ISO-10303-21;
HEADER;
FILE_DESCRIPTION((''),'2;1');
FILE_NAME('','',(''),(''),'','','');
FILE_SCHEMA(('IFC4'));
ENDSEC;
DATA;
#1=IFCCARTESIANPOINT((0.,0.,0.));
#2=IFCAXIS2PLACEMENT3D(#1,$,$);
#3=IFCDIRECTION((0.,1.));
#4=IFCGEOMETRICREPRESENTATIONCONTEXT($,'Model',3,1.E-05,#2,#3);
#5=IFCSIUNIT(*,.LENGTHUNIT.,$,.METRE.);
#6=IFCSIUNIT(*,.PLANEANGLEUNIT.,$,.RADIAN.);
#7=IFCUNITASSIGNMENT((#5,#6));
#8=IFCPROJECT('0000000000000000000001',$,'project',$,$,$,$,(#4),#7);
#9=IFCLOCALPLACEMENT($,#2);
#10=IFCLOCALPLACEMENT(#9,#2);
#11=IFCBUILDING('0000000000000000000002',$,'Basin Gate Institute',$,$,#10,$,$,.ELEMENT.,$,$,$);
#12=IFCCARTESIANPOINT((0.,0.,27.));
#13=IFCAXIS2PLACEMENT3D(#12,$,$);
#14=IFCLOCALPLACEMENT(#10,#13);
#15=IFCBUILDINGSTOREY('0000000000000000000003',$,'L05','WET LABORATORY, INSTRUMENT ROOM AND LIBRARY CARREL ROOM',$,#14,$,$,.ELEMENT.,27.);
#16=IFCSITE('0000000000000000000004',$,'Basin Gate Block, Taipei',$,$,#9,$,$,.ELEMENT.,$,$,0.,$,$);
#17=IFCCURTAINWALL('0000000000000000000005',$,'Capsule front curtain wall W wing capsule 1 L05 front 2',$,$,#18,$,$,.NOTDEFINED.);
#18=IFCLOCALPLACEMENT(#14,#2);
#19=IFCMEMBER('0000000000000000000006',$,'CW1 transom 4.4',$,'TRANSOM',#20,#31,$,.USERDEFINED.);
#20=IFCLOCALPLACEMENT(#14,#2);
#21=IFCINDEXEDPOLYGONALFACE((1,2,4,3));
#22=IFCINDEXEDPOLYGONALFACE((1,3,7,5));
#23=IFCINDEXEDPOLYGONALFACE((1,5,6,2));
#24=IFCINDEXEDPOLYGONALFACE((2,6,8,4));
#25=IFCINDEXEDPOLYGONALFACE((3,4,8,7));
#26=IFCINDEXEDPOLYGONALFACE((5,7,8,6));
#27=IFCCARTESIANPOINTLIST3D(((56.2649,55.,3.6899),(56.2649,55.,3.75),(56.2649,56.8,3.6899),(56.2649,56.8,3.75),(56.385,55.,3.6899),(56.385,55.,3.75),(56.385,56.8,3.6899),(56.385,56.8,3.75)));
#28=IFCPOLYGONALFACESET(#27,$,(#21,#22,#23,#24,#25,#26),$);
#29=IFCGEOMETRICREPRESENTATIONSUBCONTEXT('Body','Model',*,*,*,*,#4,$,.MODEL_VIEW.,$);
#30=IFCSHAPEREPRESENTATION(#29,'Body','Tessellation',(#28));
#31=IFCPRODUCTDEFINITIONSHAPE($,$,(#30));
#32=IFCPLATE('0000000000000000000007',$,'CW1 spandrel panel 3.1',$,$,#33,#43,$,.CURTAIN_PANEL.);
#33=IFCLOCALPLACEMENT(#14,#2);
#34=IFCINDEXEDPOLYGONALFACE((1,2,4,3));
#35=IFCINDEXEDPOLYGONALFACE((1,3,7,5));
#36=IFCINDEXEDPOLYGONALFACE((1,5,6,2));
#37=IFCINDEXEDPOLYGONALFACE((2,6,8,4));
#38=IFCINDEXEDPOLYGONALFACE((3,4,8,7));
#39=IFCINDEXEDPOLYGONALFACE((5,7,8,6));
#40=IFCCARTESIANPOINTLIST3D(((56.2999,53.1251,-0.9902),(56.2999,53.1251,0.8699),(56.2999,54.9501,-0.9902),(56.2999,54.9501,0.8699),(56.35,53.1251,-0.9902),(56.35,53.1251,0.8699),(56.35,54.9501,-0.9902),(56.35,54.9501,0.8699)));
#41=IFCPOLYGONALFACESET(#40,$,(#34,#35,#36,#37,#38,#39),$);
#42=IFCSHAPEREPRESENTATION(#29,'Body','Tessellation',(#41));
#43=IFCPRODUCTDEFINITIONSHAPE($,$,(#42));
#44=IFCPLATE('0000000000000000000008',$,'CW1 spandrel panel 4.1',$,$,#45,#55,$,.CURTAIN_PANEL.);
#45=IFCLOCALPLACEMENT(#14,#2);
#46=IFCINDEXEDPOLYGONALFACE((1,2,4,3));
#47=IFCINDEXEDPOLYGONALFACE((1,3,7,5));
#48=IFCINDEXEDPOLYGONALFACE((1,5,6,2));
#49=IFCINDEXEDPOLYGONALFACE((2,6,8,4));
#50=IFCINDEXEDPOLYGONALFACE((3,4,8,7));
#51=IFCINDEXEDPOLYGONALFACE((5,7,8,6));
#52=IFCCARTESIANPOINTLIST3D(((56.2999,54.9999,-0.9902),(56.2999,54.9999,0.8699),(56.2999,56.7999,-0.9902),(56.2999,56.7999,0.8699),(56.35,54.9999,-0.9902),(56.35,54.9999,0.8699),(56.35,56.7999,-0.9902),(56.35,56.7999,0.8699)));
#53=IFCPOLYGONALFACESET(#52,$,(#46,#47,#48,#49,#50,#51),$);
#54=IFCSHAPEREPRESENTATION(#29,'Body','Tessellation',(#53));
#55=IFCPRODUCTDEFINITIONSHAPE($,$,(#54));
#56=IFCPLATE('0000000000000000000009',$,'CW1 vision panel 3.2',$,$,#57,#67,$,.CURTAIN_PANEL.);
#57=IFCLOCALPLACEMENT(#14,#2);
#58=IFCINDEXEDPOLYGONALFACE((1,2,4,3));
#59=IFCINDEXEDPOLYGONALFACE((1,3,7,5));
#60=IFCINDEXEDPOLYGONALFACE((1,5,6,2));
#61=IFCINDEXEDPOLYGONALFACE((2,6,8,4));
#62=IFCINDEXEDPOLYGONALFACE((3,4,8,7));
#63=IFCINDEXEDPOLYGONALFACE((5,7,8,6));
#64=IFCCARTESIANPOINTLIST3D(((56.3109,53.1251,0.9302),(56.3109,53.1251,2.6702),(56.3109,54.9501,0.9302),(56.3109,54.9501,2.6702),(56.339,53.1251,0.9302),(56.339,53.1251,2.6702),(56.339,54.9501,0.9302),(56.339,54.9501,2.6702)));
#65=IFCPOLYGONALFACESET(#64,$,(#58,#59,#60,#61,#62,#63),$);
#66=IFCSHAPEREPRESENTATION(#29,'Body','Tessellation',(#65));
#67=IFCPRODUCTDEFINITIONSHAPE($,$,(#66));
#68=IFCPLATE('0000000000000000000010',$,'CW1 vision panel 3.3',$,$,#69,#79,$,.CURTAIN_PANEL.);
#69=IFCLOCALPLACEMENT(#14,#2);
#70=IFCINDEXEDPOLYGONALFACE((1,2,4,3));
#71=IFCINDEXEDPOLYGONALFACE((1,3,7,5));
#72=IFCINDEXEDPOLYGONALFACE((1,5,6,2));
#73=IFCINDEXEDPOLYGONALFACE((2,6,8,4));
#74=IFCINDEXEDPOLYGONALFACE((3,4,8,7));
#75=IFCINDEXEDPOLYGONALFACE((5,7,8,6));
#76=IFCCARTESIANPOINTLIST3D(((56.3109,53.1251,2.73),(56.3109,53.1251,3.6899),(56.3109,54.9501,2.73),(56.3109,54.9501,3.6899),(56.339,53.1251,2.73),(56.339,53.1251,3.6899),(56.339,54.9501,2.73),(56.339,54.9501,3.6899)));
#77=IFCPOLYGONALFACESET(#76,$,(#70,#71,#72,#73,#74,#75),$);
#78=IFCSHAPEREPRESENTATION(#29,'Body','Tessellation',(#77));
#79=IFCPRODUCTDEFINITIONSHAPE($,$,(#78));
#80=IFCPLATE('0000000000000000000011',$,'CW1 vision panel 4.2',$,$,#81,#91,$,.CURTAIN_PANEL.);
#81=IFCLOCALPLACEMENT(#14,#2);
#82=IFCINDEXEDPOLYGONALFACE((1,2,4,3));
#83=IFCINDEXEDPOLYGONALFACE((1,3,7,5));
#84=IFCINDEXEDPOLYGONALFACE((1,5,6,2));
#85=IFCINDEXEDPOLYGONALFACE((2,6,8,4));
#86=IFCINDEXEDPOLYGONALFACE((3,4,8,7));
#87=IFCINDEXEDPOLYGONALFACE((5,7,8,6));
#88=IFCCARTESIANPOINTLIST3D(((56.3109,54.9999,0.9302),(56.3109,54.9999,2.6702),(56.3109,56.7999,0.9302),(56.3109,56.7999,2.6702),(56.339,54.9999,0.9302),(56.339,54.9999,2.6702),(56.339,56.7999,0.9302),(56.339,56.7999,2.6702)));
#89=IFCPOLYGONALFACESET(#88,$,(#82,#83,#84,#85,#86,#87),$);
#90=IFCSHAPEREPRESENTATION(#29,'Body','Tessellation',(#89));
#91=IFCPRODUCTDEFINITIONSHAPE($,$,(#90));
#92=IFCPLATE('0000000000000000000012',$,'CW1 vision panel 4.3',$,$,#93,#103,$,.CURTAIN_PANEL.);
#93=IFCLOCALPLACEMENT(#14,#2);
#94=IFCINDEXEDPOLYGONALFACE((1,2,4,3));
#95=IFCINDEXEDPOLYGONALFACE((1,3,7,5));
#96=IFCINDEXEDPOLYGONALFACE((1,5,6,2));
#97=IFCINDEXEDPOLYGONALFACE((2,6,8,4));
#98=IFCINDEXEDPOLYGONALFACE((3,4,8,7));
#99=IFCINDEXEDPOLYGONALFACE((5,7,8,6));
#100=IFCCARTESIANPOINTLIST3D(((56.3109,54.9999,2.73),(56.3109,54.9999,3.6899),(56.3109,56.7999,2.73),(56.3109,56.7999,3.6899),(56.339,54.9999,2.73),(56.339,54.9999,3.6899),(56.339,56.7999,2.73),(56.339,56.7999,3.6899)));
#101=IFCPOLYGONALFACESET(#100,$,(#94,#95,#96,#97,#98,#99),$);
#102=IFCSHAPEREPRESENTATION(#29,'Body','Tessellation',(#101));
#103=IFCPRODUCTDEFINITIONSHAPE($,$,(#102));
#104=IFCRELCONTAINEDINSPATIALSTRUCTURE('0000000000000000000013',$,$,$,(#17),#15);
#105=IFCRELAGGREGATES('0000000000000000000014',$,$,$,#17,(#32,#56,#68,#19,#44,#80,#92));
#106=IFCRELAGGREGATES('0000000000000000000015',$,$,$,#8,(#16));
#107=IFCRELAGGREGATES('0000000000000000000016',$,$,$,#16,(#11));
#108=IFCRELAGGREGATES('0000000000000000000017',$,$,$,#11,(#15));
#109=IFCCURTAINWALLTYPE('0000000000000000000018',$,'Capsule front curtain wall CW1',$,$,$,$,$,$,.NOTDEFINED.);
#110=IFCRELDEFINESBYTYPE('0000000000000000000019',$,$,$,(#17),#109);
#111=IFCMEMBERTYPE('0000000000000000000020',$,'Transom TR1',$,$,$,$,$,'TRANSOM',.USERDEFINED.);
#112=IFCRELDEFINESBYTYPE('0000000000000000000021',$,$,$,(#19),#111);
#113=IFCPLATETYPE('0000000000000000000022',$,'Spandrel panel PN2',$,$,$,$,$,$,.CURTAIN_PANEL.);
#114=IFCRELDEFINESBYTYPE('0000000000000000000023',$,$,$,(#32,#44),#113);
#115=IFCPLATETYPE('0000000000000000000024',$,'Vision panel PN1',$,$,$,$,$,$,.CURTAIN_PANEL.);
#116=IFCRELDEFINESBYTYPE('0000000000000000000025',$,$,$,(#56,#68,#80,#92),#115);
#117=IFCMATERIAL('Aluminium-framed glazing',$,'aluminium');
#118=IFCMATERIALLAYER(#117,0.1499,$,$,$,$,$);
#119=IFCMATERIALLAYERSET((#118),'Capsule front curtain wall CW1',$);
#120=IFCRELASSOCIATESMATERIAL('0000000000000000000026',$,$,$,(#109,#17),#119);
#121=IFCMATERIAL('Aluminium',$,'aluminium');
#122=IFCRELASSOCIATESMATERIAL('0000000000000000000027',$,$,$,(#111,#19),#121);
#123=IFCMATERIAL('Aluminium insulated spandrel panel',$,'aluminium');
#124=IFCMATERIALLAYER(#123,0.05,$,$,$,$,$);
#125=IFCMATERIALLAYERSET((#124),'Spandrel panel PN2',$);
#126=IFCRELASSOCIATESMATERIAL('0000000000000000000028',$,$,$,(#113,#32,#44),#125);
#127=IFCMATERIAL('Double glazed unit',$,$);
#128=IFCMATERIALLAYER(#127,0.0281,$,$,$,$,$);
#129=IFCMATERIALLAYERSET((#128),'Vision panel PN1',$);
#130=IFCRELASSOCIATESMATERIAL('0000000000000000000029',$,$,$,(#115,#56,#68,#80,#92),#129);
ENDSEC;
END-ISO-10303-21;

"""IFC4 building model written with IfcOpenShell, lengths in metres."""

from ifc_helpers import new_model, si_unit, direction, frame, origin, origin_2d, place, context, subcontext, project, spatial, rectangle, extrude, material, layer, layer_set, material_profile, profile_set, type_object, element, aggregate, save


model = new_model("IFC4")

# Units and contexts
model_context = context("Model", 3, precision=1e-05, world=origin(), true_north=direction((0.0, 1.0)))
body_context = subcontext(model_context, "Body", "Model", "MODEL_VIEW")
ifc_project = project(units=[si_unit("LENGTHUNIT", "METRE"), si_unit("PLANEANGLEUNIT", "RADIAN")], contexts=[model_context])

# Site, building, storey
site_placement = place(None, origin())
site = spatial("IfcSite", under=ifc_project, at=site_placement, Name="Basin Gate Block, Taipei", CompositionType="ELEMENT", RefElevation=0.0)
building_placement = place(site_placement, origin())
building = spatial("IfcBuilding", under=site, at=building_placement, Name="Basin Gate Institute", CompositionType="ELEMENT")
storey_placement = place(building_placement, frame((0.0, 0.0, 27.0)))
storey = spatial("IfcBuildingStorey", under=building, at=storey_placement, Name="L05", Description="WET LABORATORY, INSTRUMENT ROOM AND LIBRARY CARREL ROOM", CompositionType="ELEMENT", Elevation=27.0)

# Curtain wall
ifc_material_1 = material(Name="Aluminium-framed glazing", Category="aluminium")
ifc_layer_1 = layer(ifc_material_1, 0.1499)
ifc_layer_set_1 = layer_set([ifc_layer_1], Name="Capsule front curtain wall CW1")
curtain_wall_type = type_object("IfcCurtainWallType", Name="Capsule front curtain wall CW1", PredefinedType="NOTDEFINED", material=ifc_layer_set_1)
curtain_wall_1_placement = place(storey_placement, origin())
curtain_wall_1 = element("IfcCurtainWall", 1, at=curtain_wall_1_placement, inside=storey, type_object=curtain_wall_type, material=ifc_layer_set_1, Name="Capsule front curtain wall W wing capsule 1 L05 front 2", PredefinedType="NOTDEFINED")

# Member
ifc_material_2 = material(Name="Aluminium", Category="aluminium")
ifc_material_profile_1 = material_profile(ifc_material_2, rectangle(XDim=0.1201, YDim=0.0601, at=origin_2d()), Name="Transom TR1 120 x 60")
ifc_profile_set_1 = profile_set([ifc_material_profile_1], Name="Aluminium")
member_type_1 = type_object("IfcMemberType", Name="Transom TR1", ElementType="TRANSOM", PredefinedType="USERDEFINED", material=ifc_profile_set_1)
member_1_placement = place(storey_placement, frame((56.325, 55.0, 3.72), z_axis=(0.0, 1.0, 0.0), x_axis=(-1.0, 0.0, 0.0)))
member_1 = element("IfcMember", 2, at=member_1_placement, type_object=member_type_1, material=ifc_profile_set_1, Name="CW1 transom 4.4", ObjectType="TRANSOM", PredefinedType="USERDEFINED", context=body_context, shape_type="SweptSolid", body=[
    extrude(rectangle(XDim=0.1201, YDim=0.0601, at=origin_2d()), origin(), (0.0, 0.0, 1.0), 1.8),
])

# Plates
ifc_material_3 = material(Name="Aluminium insulated spandrel panel", Category="aluminium")
ifc_layer_2 = layer(ifc_material_3, 0.05)
ifc_layer_set_2 = layer_set([ifc_layer_2], Name="Spandrel panel PN2")
plate_type_1 = type_object("IfcPlateType", Name="Spandrel panel PN2", PredefinedType="CURTAIN_PANEL", material=ifc_layer_set_2)
plate_1_placement = place(storey_placement, frame((56.325, 54.0376, -0.9902), z_axis=(0.0, 0.0, 1.0), x_axis=(0.0, 1.0, 0.0)))
plate_1 = element("IfcPlate", 3, at=plate_1_placement, type_object=plate_type_1, material=ifc_layer_set_2, Name="CW1 spandrel panel 3.1", PredefinedType="CURTAIN_PANEL", context=body_context, shape_type="SweptSolid", body=[
    extrude(rectangle(XDim=1.825, YDim=0.05, at=origin_2d()), origin(), (0.0, 0.0, 1.0), 1.8601),
])
plate_2_placement = place(storey_placement, frame((56.325, 55.8999, -0.9902), z_axis=(0.0, 0.0, 1.0), x_axis=(0.0, 1.0, 0.0)))
plate_2 = element("IfcPlate", 4, at=plate_2_placement, type_object=plate_type_1, material=ifc_layer_set_2, Name="CW1 spandrel panel 4.1", PredefinedType="CURTAIN_PANEL", context=body_context, shape_type="SweptSolid", body=[
    extrude(rectangle(XDim=1.8, YDim=0.05, at=origin_2d()), origin(), (0.0, 0.0, 1.0), 1.8601),
])
ifc_material_4 = material(Name="Double glazed unit")
ifc_layer_3 = layer(ifc_material_4, 0.0281)
ifc_layer_set_3 = layer_set([ifc_layer_3], Name="Vision panel PN1")
plate_type_2 = type_object("IfcPlateType", Name="Vision panel PN1", PredefinedType="CURTAIN_PANEL", material=ifc_layer_set_3)
plate_3_placement = place(storey_placement, frame((56.325, 54.0376, 0.9302), z_axis=(0.0, 0.0, 1.0), x_axis=(0.0, 1.0, 0.0)))
plate_3 = element("IfcPlate", 5, at=plate_3_placement, type_object=plate_type_2, material=ifc_layer_set_3, Name="CW1 vision panel 3.2", PredefinedType="CURTAIN_PANEL", context=body_context, shape_type="SweptSolid", body=[
    extrude(rectangle(XDim=1.825, YDim=0.0281, at=origin_2d()), origin(), (0.0, 0.0, 1.0), 1.74),
])
plate_4_placement = place(storey_placement, frame((56.325, 54.0376, 2.73), z_axis=(0.0, 0.0, 1.0), x_axis=(0.0, 1.0, 0.0)))
plate_4 = element("IfcPlate", 6, at=plate_4_placement, type_object=plate_type_2, material=ifc_layer_set_3, Name="CW1 vision panel 3.3", PredefinedType="CURTAIN_PANEL", context=body_context, shape_type="SweptSolid", body=[
    extrude(rectangle(XDim=1.825, YDim=0.0281, at=origin_2d()), origin(), (0.0, 0.0, 1.0), 0.96),
])
plate_5_placement = place(storey_placement, frame((56.325, 55.8999, 0.9302), z_axis=(0.0, 0.0, 1.0), x_axis=(0.0, 1.0, 0.0)))
plate_5 = element("IfcPlate", 7, at=plate_5_placement, type_object=plate_type_2, material=ifc_layer_set_3, Name="CW1 vision panel 4.2", PredefinedType="CURTAIN_PANEL", context=body_context, shape_type="SweptSolid", body=[
    extrude(rectangle(XDim=1.8, YDim=0.0281, at=origin_2d()), origin(), (0.0, 0.0, 1.0), 1.74),
])
plate_6_placement = place(storey_placement, frame((56.325, 55.8999, 2.73), z_axis=(0.0, 0.0, 1.0), x_axis=(0.0, 1.0, 0.0)))
plate_6 = element("IfcPlate", 8, at=plate_6_placement, type_object=plate_type_2, material=ifc_layer_set_3, Name="CW1 vision panel 4.3", PredefinedType="CURTAIN_PANEL", context=body_context, shape_type="SweptSolid", body=[
    extrude(rectangle(XDim=1.8, YDim=0.0281, at=origin_2d()), origin(), (0.0, 0.0, 1.0), 0.96),
])
aggregate(curtain_wall_1, [plate_1, plate_3, plate_4, member_1, plate_2, plate_5, plate_6])

save(model, "model.ifc")
